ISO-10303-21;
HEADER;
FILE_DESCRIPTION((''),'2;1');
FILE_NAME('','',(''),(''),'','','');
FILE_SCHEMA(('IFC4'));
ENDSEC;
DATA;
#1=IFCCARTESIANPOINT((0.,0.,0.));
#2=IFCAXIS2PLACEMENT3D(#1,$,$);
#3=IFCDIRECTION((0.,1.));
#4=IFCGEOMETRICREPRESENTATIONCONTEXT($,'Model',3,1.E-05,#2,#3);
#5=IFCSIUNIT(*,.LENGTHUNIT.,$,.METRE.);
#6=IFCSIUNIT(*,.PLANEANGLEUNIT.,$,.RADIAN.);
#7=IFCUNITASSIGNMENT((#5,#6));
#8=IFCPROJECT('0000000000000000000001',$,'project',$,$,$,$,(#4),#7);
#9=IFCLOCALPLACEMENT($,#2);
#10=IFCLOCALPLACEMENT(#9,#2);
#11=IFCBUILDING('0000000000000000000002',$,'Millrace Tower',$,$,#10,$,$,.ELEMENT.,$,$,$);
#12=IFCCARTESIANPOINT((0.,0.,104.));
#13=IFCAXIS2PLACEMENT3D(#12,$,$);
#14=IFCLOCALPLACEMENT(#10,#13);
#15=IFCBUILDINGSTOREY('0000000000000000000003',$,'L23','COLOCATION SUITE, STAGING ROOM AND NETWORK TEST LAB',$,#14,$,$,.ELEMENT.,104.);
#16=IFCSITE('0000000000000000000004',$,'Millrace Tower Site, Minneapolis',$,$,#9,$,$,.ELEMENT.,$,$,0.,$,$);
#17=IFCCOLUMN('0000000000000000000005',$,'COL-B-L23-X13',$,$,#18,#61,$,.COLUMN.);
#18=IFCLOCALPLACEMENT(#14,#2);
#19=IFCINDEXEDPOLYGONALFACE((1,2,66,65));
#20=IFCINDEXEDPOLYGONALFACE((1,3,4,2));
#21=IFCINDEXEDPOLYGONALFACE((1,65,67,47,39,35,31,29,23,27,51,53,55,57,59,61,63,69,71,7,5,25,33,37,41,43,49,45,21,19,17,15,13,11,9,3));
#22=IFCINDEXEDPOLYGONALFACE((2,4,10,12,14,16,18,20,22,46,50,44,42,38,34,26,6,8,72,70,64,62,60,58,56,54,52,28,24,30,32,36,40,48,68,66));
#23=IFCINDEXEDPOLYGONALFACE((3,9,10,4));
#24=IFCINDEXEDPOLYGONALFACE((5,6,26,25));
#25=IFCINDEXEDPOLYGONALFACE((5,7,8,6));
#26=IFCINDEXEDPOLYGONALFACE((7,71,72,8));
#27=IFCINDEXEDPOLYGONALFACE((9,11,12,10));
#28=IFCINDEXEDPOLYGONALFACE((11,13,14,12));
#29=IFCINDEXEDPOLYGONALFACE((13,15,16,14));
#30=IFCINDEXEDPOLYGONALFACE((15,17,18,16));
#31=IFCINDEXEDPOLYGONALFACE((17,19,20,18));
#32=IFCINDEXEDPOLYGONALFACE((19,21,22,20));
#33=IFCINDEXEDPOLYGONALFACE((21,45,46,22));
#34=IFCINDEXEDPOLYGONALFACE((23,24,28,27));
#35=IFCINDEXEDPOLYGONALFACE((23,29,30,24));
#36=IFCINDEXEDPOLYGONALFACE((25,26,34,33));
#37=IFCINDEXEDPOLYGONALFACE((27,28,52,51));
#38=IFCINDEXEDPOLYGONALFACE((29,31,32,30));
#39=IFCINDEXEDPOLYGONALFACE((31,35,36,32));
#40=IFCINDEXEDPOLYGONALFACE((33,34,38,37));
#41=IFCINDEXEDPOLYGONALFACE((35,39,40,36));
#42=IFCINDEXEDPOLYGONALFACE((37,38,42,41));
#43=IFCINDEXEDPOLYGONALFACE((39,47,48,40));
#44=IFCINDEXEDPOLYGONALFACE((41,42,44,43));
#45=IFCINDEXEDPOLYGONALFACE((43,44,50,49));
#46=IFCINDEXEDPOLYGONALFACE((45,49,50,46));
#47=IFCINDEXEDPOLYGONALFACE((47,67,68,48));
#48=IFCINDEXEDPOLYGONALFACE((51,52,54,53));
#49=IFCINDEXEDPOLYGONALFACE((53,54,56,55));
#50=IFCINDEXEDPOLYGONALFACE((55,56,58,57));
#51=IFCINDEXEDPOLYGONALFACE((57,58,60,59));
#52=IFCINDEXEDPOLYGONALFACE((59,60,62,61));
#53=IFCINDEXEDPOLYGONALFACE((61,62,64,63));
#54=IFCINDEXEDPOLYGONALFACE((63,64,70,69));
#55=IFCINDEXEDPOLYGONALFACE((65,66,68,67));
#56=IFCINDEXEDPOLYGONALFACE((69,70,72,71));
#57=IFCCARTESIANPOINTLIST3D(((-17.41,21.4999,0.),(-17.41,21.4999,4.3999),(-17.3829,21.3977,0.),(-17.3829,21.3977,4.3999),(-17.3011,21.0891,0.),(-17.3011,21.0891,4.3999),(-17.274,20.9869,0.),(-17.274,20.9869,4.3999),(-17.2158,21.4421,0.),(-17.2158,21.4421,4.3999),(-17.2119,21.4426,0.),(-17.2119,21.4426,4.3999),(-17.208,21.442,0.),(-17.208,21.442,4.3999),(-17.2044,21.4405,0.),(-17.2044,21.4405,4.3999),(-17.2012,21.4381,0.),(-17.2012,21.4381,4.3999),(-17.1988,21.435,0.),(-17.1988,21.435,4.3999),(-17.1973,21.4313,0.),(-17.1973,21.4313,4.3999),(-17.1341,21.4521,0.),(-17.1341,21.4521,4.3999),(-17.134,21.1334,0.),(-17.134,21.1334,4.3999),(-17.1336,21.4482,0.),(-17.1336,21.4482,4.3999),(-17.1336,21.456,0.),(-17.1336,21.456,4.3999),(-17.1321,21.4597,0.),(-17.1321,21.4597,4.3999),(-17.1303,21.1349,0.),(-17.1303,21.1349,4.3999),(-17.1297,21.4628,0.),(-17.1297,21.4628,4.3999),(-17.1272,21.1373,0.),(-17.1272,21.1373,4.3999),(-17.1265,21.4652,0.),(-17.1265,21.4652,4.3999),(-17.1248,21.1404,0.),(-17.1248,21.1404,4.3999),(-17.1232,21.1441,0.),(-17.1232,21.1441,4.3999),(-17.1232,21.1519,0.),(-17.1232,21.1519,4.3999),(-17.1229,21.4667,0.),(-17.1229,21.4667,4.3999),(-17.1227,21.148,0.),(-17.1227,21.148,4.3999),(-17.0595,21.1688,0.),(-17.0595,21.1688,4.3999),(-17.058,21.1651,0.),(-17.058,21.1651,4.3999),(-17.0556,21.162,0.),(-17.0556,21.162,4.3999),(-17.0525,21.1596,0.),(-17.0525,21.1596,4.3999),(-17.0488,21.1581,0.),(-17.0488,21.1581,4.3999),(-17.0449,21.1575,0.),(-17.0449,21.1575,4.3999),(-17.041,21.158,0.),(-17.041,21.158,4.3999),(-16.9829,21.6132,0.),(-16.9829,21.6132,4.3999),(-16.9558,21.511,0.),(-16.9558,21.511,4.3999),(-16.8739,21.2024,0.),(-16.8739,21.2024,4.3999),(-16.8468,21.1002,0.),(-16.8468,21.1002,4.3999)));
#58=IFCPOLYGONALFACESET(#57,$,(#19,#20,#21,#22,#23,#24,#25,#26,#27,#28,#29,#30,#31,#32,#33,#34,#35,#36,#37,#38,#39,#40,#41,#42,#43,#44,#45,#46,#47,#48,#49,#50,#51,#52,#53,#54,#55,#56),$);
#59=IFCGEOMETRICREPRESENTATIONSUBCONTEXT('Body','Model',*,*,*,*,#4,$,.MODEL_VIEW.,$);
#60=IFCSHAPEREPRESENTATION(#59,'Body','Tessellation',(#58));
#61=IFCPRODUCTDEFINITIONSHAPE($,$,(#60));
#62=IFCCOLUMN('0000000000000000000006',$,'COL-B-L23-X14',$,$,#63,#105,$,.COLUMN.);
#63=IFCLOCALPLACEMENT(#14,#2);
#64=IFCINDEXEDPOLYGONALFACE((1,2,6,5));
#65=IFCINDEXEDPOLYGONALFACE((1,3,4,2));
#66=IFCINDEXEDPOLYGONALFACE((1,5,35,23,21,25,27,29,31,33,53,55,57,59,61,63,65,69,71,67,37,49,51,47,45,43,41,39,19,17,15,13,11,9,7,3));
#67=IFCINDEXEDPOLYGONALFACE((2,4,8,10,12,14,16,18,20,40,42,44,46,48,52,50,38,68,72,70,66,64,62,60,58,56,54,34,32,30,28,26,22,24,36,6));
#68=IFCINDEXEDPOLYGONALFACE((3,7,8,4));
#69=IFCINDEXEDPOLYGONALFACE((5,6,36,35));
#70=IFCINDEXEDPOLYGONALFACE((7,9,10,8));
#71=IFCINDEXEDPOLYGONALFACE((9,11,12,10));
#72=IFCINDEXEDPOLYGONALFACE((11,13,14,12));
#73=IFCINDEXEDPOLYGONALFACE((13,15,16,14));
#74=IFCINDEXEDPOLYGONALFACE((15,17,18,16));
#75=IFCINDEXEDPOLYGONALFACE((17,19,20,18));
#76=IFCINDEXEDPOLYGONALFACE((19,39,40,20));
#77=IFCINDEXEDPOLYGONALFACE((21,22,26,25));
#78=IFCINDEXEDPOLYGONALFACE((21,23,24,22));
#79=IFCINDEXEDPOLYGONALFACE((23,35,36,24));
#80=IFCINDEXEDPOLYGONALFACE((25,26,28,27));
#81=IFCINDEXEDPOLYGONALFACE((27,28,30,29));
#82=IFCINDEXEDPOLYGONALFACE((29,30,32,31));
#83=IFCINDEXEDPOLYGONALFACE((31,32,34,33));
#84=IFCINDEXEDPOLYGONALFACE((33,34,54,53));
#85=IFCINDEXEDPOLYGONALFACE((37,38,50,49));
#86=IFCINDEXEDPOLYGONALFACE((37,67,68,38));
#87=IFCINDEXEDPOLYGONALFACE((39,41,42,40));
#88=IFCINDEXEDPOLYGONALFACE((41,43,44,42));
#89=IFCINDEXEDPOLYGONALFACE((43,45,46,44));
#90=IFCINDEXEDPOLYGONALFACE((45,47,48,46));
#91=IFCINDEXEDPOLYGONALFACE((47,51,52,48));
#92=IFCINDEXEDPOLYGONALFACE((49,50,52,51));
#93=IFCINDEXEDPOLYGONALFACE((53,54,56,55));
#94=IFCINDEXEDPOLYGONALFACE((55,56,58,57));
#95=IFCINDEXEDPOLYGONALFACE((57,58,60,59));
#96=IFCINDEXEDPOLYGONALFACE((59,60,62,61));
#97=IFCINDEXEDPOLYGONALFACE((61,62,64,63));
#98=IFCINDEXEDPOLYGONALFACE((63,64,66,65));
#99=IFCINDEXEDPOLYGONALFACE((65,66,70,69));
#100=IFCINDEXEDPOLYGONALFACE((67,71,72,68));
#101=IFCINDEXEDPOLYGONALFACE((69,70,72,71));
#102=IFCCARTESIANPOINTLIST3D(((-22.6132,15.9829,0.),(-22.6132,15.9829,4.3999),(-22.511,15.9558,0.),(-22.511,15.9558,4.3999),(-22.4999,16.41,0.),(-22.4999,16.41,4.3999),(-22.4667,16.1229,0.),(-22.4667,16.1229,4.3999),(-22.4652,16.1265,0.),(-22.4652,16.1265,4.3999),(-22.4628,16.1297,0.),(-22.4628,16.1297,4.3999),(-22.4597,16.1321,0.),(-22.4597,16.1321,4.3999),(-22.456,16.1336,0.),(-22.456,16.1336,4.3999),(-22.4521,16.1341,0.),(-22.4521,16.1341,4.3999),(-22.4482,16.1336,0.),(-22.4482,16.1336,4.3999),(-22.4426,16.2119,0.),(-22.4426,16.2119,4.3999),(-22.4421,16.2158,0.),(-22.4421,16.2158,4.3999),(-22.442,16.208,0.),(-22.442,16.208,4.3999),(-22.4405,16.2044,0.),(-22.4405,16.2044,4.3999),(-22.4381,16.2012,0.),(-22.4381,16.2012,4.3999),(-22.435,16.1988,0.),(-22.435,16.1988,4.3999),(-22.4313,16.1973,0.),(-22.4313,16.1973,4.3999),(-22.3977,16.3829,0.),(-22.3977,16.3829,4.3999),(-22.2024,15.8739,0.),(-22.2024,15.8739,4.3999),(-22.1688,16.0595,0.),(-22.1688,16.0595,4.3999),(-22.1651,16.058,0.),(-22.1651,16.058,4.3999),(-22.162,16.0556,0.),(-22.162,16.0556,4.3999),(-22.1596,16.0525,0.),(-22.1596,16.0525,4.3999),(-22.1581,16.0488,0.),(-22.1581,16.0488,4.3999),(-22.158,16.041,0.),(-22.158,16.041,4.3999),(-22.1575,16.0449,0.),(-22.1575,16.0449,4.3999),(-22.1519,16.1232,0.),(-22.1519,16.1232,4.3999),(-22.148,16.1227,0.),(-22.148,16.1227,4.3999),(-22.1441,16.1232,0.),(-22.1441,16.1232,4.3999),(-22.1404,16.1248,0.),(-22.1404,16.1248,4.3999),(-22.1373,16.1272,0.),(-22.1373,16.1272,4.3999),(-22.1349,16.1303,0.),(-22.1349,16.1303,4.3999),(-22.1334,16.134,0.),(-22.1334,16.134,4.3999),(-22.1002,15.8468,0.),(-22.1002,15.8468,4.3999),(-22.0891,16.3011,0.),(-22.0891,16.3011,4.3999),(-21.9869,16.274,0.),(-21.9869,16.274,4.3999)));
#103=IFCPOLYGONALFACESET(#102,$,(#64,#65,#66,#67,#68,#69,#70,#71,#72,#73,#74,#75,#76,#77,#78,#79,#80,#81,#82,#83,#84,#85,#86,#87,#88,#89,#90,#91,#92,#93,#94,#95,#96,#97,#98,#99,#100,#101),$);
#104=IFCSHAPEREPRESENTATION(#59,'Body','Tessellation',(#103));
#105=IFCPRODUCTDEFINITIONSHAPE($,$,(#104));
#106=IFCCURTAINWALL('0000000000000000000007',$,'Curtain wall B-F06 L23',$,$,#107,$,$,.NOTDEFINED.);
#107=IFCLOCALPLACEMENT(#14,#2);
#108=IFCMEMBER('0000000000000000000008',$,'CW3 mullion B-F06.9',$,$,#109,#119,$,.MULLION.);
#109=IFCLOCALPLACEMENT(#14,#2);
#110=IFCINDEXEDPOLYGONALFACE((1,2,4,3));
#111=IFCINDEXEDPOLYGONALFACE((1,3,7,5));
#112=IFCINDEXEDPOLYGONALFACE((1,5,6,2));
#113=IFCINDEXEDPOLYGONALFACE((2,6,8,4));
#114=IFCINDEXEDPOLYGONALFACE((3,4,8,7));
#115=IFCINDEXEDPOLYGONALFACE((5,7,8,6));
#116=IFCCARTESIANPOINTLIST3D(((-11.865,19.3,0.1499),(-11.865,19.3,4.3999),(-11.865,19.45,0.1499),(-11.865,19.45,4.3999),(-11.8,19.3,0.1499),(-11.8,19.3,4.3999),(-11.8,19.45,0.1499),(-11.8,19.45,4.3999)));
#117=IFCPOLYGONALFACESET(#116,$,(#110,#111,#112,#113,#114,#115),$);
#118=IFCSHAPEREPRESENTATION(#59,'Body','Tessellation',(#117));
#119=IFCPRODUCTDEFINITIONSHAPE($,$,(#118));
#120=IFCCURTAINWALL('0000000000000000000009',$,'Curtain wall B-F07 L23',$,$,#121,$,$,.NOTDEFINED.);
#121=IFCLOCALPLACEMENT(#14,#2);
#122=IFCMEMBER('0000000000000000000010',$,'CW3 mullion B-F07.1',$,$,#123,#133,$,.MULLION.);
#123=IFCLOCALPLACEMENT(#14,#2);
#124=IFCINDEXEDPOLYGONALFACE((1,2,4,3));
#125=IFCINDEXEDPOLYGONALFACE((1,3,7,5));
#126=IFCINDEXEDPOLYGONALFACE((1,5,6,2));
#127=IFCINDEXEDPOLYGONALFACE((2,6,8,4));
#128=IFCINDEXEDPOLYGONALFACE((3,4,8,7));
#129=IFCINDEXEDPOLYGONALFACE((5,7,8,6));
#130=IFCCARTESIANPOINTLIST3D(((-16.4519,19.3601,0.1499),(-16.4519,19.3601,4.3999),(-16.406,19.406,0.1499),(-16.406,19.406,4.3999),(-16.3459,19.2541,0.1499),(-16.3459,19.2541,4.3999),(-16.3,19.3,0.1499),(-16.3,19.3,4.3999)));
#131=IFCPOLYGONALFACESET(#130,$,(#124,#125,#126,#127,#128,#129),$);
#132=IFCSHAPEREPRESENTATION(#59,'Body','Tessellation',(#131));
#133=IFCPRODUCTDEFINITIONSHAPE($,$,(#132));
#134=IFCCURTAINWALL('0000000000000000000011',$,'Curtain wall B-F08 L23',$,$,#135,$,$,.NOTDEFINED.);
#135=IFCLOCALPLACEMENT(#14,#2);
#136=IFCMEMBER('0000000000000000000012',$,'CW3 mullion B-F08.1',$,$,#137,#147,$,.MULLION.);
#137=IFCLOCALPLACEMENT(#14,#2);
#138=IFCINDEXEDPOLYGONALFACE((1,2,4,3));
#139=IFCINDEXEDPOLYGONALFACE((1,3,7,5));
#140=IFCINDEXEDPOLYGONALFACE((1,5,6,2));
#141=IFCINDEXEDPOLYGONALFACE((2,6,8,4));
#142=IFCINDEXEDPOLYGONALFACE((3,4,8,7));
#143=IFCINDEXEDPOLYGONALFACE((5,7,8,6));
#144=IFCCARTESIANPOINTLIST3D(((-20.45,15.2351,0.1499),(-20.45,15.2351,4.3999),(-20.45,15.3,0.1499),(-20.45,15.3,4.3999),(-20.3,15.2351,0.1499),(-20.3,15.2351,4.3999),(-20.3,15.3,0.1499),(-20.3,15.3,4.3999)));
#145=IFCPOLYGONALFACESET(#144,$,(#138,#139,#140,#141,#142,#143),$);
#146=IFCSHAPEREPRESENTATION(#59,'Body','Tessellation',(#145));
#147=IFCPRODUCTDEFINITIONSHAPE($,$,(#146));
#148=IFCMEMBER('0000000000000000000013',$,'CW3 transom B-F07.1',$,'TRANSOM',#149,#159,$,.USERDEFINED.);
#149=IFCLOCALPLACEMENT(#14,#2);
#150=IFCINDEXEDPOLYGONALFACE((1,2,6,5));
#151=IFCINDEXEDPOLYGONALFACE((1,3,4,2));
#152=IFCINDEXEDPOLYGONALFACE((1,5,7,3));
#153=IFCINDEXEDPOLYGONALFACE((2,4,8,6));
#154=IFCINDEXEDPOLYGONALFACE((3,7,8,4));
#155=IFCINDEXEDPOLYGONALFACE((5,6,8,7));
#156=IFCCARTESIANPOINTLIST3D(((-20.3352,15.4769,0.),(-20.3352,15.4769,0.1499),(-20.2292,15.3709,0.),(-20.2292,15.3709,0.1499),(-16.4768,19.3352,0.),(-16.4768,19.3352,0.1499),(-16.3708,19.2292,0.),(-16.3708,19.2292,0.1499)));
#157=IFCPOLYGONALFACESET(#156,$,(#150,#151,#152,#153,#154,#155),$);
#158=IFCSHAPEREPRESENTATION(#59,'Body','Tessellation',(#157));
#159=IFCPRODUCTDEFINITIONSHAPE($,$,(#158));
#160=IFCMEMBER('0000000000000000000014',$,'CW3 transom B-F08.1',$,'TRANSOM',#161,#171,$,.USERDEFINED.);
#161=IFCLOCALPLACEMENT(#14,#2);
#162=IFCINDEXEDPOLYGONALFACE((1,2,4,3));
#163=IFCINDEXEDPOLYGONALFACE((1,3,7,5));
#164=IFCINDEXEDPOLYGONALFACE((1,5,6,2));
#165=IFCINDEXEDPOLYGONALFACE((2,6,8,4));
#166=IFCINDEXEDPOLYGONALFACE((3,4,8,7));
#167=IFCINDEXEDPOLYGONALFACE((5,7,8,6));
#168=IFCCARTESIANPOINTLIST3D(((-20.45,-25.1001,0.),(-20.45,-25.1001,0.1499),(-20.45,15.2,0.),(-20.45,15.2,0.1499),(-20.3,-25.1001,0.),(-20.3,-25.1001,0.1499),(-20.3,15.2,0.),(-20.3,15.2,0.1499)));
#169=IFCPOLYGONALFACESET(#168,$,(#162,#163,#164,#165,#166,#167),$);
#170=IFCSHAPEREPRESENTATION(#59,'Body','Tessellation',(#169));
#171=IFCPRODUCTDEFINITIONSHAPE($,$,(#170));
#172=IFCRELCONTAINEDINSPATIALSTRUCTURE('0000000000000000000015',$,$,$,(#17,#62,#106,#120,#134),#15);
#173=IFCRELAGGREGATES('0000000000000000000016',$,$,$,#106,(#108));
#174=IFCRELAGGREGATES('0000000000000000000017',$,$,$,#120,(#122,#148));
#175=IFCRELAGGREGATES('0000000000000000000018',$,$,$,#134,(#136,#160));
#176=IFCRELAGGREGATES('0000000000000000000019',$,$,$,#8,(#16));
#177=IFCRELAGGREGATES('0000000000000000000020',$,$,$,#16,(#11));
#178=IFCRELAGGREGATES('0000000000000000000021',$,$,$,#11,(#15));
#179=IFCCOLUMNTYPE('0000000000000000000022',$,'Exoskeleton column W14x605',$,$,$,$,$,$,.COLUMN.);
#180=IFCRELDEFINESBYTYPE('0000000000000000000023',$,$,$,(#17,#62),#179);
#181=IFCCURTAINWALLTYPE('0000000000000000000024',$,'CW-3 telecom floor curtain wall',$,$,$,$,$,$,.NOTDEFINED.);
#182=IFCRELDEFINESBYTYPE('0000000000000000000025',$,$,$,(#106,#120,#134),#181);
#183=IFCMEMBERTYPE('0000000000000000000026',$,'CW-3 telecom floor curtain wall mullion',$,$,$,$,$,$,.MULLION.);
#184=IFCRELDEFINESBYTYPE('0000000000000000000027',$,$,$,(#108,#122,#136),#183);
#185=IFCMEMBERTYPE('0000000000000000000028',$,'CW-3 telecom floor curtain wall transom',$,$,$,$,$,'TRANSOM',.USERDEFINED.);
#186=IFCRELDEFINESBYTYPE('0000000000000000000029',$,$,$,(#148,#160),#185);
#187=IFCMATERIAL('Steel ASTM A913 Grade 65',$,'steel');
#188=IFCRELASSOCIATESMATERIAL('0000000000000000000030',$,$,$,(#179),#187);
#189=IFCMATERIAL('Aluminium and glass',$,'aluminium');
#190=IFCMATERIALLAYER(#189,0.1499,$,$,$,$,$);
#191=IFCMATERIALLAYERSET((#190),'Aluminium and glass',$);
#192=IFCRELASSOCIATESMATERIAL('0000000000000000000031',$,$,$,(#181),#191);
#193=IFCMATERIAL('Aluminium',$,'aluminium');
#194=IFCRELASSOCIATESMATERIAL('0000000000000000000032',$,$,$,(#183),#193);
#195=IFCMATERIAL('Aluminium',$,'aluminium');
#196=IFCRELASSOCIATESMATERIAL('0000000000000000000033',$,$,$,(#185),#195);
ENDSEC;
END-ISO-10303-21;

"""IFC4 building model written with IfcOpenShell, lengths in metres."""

from ifc_helpers import new_model, si_unit, direction, frame, origin, origin_2d, place, context, subcontext, project, spatial, rectangle, i_section, extrude, material, layer, layer_set, material_profile, profile_set, type_object, element, aggregate, save


model = new_model("IFC4")

# Units and contexts
model_context = context("Model", 3, precision=1e-05, world=origin(), true_north=direction((0.0, 1.0)))
body_context = subcontext(model_context, "Body", "Model", "MODEL_VIEW")
ifc_project = project(units=[si_unit("LENGTHUNIT", "METRE"), si_unit("PLANEANGLEUNIT", "RADIAN")], contexts=[model_context])

# Site, building, storey
site_placement = place(None, origin())
site = spatial("IfcSite", under=ifc_project, at=site_placement, Name="Millrace Tower Site, Minneapolis", CompositionType="ELEMENT", RefElevation=0.0)
building_placement = place(site_placement, origin())
building = spatial("IfcBuilding", under=site, at=building_placement, Name="Millrace Tower", CompositionType="ELEMENT")
storey_placement = place(building_placement, frame((0.0, 0.0, 104.0)))
storey = spatial("IfcBuildingStorey", under=building, at=storey_placement, Name="L23", Description="COLOCATION SUITE, STAGING ROOM AND NETWORK TEST LAB", CompositionType="ELEMENT", Elevation=104.0)

# Columns
ifc_material_1 = material(Name="Steel ASTM A913 Grade 65", Category="steel")
ifc_material_profile_1 = material_profile(ifc_material_1, i_section(OverallWidth=0.4419, OverallDepth=0.5308, WebThickness=0.0659, FlangeThickness=0.1057, FilletRadius=0.0151, at=origin_2d()))
ifc_profile_set_1 = profile_set([ifc_material_profile_1], Name="Steel ASTM A913 Grade 65")
column_type = type_object("IfcColumnType", Name="Exoskeleton column W14x605", PredefinedType="COLUMN", material=ifc_profile_set_1)
for number, where, z_axis, x_axis, name in (
    (1, (-17.1284, 21.3, 0.0), (0.0, 0.0, 1.0), (-0.966585, -0.256347, 0.0), "COL-B-L23-X13"),
    (2, (-22.3, 16.1284, 0.0), (0.0, 0.0, 1.0), (-0.256347, -0.966585, 0.0), "COL-B-L23-X14"),
):
    element("IfcColumn", number, at=place(storey_placement, frame(where, z_axis=z_axis, x_axis=x_axis)), inside=storey, type_object=column_type, Name=name, PredefinedType="COLUMN", context=body_context, shape_type="SweptSolid", body=[
        extrude(i_section(OverallWidth=0.4419, OverallDepth=0.5308, WebThickness=0.0659, FlangeThickness=0.1057, FilletRadius=0.0151, at=origin_2d()), origin(), (0.0, 0.0, 1.0), 4.3999),
    ])

# Curtain walls, members
ifc_material_2 = material(Name="Aluminium and glass", Category="aluminium")
ifc_layer_1 = layer(ifc_material_2, 0.1499)
ifc_layer_set_1 = layer_set([ifc_layer_1], Name="Aluminium and glass")
curtain_wall_type = type_object("IfcCurtainWallType", Name="CW-3 telecom floor curtain wall", PredefinedType="NOTDEFINED", material=ifc_layer_set_1)
placement = place(storey_placement, origin())
curtain_wall_1 = element("IfcCurtainWall", 3, at=placement, inside=storey, type_object=curtain_wall_type, Name="Curtain wall B-F06 L23", PredefinedType="NOTDEFINED")
ifc_material_3 = material(Name="Aluminium", Category="aluminium")
ifc_material_profile_2 = material_profile(ifc_material_3, rectangle(XDim=0.0649, YDim=0.1499, at=origin_2d()))
ifc_profile_set_2 = profile_set([ifc_material_profile_2], Name="Aluminium")
member_type_1 = type_object("IfcMemberType", Name="CW-3 telecom floor curtain wall mullion", PredefinedType="MULLION", material=ifc_profile_set_2)
member_1_placement = place(storey_placement, frame((-11.8325, 19.375, 0.1499), z_axis=(0.0, 0.0, 1.0), x_axis=(-1.0, 0.0, 0.0)))
member_1 = element("IfcMember", 4, at=member_1_placement, type_object=member_type_1, Name="CW3 mullion B-F06.9", PredefinedType="MULLION", context=body_context, shape_type="SweptSolid", body=[
    extrude(rectangle(XDim=0.0649, YDim=0.1499, at=origin_2d()), origin(), (0.0, 0.0, 1.0), 4.25),
])
aggregate(curtain_wall_1, [member_1])
curtain_wall_2 = element("IfcCurtainWall", 5, at=placement, inside=storey, type_object=curtain_wall_type, Name="Curtain wall B-F07 L23", PredefinedType="NOTDEFINED")
member_2_placement = place(storey_placement, frame((-16.376, 19.3301, 0.1499), z_axis=(0.0, 0.0, 1.0), x_axis=(-0.707107, -0.707107, 0.0)))
member_2 = element("IfcMember", 6, at=member_2_placement, type_object=member_type_1, Name="CW3 mullion B-F07.1", PredefinedType="MULLION", context=body_context, shape_type="SweptSolid", body=[
    extrude(rectangle(XDim=0.0649, YDim=0.1499, at=origin_2d()), origin(), (0.0, 0.0, 1.0), 4.25),
])
curtain_wall_3 = element("IfcCurtainWall", 7, at=placement, inside=storey, type_object=curtain_wall_type, Name="Curtain wall B-F08 L23", PredefinedType="NOTDEFINED")
member_3_placement = place(storey_placement, frame((-20.375, 15.2676, 0.1499), z_axis=(0.0, 0.0, 1.0), x_axis=(0.0, -1.0, 0.0)))
member_3 = element("IfcMember", 8, at=member_3_placement, type_object=member_type_1, Name="CW3 mullion B-F08.1", PredefinedType="MULLION", context=body_context, shape_type="SweptSolid", body=[
    extrude(rectangle(XDim=0.0649, YDim=0.1499, at=origin_2d()), origin(), (0.0, 0.0, 1.0), 4.25),
])

# Members
ifc_material_4 = material(Name="Aluminium", Category="aluminium")
ifc_material_profile_3 = material_profile(ifc_material_4, rectangle(XDim=0.1499, YDim=0.1499, at=origin_2d()))
ifc_profile_set_3 = profile_set([ifc_material_profile_3], Name="Aluminium")
member_type_2 = type_object("IfcMemberType", Name="CW-3 telecom floor curtain wall transom", ElementType="TRANSOM", PredefinedType="USERDEFINED", material=ifc_profile_set_3)
member_4_placement = place(storey_placement, frame((-16.4238, 19.2822, 0.075), z_axis=(-0.707107, -0.707107, 0.0), x_axis=(0.707107, -0.707107, 0.0)))
member_4 = element("IfcMember", 9, at=member_4_placement, type_object=member_type_2, Name="CW3 transom B-F07.1", ObjectType="TRANSOM", PredefinedType="USERDEFINED", context=body_context, shape_type="SweptSolid", body=[
    extrude(rectangle(XDim=0.1499, YDim=0.1499, at=origin_2d()), origin(), (0.0, 0.0, 1.0), 5.4565),
])
aggregate(curtain_wall_2, [member_2, member_4])
member_5_placement = place(storey_placement, frame((-20.375, 15.2, 0.075), z_axis=(0.0, -1.0, 0.0), x_axis=(1.0, 0.0, 0.0)))
member_5 = element("IfcMember", 10, at=member_5_placement, type_object=member_type_2, Name="CW3 transom B-F08.1", ObjectType="TRANSOM", PredefinedType="USERDEFINED", context=body_context, shape_type="SweptSolid", body=[
    extrude(rectangle(XDim=0.1499, YDim=0.1499, at=origin_2d()), origin(), (0.0, 0.0, 1.0), 40.3),
])
aggregate(curtain_wall_3, [member_3, member_5])

save(model, "model.ifc")
